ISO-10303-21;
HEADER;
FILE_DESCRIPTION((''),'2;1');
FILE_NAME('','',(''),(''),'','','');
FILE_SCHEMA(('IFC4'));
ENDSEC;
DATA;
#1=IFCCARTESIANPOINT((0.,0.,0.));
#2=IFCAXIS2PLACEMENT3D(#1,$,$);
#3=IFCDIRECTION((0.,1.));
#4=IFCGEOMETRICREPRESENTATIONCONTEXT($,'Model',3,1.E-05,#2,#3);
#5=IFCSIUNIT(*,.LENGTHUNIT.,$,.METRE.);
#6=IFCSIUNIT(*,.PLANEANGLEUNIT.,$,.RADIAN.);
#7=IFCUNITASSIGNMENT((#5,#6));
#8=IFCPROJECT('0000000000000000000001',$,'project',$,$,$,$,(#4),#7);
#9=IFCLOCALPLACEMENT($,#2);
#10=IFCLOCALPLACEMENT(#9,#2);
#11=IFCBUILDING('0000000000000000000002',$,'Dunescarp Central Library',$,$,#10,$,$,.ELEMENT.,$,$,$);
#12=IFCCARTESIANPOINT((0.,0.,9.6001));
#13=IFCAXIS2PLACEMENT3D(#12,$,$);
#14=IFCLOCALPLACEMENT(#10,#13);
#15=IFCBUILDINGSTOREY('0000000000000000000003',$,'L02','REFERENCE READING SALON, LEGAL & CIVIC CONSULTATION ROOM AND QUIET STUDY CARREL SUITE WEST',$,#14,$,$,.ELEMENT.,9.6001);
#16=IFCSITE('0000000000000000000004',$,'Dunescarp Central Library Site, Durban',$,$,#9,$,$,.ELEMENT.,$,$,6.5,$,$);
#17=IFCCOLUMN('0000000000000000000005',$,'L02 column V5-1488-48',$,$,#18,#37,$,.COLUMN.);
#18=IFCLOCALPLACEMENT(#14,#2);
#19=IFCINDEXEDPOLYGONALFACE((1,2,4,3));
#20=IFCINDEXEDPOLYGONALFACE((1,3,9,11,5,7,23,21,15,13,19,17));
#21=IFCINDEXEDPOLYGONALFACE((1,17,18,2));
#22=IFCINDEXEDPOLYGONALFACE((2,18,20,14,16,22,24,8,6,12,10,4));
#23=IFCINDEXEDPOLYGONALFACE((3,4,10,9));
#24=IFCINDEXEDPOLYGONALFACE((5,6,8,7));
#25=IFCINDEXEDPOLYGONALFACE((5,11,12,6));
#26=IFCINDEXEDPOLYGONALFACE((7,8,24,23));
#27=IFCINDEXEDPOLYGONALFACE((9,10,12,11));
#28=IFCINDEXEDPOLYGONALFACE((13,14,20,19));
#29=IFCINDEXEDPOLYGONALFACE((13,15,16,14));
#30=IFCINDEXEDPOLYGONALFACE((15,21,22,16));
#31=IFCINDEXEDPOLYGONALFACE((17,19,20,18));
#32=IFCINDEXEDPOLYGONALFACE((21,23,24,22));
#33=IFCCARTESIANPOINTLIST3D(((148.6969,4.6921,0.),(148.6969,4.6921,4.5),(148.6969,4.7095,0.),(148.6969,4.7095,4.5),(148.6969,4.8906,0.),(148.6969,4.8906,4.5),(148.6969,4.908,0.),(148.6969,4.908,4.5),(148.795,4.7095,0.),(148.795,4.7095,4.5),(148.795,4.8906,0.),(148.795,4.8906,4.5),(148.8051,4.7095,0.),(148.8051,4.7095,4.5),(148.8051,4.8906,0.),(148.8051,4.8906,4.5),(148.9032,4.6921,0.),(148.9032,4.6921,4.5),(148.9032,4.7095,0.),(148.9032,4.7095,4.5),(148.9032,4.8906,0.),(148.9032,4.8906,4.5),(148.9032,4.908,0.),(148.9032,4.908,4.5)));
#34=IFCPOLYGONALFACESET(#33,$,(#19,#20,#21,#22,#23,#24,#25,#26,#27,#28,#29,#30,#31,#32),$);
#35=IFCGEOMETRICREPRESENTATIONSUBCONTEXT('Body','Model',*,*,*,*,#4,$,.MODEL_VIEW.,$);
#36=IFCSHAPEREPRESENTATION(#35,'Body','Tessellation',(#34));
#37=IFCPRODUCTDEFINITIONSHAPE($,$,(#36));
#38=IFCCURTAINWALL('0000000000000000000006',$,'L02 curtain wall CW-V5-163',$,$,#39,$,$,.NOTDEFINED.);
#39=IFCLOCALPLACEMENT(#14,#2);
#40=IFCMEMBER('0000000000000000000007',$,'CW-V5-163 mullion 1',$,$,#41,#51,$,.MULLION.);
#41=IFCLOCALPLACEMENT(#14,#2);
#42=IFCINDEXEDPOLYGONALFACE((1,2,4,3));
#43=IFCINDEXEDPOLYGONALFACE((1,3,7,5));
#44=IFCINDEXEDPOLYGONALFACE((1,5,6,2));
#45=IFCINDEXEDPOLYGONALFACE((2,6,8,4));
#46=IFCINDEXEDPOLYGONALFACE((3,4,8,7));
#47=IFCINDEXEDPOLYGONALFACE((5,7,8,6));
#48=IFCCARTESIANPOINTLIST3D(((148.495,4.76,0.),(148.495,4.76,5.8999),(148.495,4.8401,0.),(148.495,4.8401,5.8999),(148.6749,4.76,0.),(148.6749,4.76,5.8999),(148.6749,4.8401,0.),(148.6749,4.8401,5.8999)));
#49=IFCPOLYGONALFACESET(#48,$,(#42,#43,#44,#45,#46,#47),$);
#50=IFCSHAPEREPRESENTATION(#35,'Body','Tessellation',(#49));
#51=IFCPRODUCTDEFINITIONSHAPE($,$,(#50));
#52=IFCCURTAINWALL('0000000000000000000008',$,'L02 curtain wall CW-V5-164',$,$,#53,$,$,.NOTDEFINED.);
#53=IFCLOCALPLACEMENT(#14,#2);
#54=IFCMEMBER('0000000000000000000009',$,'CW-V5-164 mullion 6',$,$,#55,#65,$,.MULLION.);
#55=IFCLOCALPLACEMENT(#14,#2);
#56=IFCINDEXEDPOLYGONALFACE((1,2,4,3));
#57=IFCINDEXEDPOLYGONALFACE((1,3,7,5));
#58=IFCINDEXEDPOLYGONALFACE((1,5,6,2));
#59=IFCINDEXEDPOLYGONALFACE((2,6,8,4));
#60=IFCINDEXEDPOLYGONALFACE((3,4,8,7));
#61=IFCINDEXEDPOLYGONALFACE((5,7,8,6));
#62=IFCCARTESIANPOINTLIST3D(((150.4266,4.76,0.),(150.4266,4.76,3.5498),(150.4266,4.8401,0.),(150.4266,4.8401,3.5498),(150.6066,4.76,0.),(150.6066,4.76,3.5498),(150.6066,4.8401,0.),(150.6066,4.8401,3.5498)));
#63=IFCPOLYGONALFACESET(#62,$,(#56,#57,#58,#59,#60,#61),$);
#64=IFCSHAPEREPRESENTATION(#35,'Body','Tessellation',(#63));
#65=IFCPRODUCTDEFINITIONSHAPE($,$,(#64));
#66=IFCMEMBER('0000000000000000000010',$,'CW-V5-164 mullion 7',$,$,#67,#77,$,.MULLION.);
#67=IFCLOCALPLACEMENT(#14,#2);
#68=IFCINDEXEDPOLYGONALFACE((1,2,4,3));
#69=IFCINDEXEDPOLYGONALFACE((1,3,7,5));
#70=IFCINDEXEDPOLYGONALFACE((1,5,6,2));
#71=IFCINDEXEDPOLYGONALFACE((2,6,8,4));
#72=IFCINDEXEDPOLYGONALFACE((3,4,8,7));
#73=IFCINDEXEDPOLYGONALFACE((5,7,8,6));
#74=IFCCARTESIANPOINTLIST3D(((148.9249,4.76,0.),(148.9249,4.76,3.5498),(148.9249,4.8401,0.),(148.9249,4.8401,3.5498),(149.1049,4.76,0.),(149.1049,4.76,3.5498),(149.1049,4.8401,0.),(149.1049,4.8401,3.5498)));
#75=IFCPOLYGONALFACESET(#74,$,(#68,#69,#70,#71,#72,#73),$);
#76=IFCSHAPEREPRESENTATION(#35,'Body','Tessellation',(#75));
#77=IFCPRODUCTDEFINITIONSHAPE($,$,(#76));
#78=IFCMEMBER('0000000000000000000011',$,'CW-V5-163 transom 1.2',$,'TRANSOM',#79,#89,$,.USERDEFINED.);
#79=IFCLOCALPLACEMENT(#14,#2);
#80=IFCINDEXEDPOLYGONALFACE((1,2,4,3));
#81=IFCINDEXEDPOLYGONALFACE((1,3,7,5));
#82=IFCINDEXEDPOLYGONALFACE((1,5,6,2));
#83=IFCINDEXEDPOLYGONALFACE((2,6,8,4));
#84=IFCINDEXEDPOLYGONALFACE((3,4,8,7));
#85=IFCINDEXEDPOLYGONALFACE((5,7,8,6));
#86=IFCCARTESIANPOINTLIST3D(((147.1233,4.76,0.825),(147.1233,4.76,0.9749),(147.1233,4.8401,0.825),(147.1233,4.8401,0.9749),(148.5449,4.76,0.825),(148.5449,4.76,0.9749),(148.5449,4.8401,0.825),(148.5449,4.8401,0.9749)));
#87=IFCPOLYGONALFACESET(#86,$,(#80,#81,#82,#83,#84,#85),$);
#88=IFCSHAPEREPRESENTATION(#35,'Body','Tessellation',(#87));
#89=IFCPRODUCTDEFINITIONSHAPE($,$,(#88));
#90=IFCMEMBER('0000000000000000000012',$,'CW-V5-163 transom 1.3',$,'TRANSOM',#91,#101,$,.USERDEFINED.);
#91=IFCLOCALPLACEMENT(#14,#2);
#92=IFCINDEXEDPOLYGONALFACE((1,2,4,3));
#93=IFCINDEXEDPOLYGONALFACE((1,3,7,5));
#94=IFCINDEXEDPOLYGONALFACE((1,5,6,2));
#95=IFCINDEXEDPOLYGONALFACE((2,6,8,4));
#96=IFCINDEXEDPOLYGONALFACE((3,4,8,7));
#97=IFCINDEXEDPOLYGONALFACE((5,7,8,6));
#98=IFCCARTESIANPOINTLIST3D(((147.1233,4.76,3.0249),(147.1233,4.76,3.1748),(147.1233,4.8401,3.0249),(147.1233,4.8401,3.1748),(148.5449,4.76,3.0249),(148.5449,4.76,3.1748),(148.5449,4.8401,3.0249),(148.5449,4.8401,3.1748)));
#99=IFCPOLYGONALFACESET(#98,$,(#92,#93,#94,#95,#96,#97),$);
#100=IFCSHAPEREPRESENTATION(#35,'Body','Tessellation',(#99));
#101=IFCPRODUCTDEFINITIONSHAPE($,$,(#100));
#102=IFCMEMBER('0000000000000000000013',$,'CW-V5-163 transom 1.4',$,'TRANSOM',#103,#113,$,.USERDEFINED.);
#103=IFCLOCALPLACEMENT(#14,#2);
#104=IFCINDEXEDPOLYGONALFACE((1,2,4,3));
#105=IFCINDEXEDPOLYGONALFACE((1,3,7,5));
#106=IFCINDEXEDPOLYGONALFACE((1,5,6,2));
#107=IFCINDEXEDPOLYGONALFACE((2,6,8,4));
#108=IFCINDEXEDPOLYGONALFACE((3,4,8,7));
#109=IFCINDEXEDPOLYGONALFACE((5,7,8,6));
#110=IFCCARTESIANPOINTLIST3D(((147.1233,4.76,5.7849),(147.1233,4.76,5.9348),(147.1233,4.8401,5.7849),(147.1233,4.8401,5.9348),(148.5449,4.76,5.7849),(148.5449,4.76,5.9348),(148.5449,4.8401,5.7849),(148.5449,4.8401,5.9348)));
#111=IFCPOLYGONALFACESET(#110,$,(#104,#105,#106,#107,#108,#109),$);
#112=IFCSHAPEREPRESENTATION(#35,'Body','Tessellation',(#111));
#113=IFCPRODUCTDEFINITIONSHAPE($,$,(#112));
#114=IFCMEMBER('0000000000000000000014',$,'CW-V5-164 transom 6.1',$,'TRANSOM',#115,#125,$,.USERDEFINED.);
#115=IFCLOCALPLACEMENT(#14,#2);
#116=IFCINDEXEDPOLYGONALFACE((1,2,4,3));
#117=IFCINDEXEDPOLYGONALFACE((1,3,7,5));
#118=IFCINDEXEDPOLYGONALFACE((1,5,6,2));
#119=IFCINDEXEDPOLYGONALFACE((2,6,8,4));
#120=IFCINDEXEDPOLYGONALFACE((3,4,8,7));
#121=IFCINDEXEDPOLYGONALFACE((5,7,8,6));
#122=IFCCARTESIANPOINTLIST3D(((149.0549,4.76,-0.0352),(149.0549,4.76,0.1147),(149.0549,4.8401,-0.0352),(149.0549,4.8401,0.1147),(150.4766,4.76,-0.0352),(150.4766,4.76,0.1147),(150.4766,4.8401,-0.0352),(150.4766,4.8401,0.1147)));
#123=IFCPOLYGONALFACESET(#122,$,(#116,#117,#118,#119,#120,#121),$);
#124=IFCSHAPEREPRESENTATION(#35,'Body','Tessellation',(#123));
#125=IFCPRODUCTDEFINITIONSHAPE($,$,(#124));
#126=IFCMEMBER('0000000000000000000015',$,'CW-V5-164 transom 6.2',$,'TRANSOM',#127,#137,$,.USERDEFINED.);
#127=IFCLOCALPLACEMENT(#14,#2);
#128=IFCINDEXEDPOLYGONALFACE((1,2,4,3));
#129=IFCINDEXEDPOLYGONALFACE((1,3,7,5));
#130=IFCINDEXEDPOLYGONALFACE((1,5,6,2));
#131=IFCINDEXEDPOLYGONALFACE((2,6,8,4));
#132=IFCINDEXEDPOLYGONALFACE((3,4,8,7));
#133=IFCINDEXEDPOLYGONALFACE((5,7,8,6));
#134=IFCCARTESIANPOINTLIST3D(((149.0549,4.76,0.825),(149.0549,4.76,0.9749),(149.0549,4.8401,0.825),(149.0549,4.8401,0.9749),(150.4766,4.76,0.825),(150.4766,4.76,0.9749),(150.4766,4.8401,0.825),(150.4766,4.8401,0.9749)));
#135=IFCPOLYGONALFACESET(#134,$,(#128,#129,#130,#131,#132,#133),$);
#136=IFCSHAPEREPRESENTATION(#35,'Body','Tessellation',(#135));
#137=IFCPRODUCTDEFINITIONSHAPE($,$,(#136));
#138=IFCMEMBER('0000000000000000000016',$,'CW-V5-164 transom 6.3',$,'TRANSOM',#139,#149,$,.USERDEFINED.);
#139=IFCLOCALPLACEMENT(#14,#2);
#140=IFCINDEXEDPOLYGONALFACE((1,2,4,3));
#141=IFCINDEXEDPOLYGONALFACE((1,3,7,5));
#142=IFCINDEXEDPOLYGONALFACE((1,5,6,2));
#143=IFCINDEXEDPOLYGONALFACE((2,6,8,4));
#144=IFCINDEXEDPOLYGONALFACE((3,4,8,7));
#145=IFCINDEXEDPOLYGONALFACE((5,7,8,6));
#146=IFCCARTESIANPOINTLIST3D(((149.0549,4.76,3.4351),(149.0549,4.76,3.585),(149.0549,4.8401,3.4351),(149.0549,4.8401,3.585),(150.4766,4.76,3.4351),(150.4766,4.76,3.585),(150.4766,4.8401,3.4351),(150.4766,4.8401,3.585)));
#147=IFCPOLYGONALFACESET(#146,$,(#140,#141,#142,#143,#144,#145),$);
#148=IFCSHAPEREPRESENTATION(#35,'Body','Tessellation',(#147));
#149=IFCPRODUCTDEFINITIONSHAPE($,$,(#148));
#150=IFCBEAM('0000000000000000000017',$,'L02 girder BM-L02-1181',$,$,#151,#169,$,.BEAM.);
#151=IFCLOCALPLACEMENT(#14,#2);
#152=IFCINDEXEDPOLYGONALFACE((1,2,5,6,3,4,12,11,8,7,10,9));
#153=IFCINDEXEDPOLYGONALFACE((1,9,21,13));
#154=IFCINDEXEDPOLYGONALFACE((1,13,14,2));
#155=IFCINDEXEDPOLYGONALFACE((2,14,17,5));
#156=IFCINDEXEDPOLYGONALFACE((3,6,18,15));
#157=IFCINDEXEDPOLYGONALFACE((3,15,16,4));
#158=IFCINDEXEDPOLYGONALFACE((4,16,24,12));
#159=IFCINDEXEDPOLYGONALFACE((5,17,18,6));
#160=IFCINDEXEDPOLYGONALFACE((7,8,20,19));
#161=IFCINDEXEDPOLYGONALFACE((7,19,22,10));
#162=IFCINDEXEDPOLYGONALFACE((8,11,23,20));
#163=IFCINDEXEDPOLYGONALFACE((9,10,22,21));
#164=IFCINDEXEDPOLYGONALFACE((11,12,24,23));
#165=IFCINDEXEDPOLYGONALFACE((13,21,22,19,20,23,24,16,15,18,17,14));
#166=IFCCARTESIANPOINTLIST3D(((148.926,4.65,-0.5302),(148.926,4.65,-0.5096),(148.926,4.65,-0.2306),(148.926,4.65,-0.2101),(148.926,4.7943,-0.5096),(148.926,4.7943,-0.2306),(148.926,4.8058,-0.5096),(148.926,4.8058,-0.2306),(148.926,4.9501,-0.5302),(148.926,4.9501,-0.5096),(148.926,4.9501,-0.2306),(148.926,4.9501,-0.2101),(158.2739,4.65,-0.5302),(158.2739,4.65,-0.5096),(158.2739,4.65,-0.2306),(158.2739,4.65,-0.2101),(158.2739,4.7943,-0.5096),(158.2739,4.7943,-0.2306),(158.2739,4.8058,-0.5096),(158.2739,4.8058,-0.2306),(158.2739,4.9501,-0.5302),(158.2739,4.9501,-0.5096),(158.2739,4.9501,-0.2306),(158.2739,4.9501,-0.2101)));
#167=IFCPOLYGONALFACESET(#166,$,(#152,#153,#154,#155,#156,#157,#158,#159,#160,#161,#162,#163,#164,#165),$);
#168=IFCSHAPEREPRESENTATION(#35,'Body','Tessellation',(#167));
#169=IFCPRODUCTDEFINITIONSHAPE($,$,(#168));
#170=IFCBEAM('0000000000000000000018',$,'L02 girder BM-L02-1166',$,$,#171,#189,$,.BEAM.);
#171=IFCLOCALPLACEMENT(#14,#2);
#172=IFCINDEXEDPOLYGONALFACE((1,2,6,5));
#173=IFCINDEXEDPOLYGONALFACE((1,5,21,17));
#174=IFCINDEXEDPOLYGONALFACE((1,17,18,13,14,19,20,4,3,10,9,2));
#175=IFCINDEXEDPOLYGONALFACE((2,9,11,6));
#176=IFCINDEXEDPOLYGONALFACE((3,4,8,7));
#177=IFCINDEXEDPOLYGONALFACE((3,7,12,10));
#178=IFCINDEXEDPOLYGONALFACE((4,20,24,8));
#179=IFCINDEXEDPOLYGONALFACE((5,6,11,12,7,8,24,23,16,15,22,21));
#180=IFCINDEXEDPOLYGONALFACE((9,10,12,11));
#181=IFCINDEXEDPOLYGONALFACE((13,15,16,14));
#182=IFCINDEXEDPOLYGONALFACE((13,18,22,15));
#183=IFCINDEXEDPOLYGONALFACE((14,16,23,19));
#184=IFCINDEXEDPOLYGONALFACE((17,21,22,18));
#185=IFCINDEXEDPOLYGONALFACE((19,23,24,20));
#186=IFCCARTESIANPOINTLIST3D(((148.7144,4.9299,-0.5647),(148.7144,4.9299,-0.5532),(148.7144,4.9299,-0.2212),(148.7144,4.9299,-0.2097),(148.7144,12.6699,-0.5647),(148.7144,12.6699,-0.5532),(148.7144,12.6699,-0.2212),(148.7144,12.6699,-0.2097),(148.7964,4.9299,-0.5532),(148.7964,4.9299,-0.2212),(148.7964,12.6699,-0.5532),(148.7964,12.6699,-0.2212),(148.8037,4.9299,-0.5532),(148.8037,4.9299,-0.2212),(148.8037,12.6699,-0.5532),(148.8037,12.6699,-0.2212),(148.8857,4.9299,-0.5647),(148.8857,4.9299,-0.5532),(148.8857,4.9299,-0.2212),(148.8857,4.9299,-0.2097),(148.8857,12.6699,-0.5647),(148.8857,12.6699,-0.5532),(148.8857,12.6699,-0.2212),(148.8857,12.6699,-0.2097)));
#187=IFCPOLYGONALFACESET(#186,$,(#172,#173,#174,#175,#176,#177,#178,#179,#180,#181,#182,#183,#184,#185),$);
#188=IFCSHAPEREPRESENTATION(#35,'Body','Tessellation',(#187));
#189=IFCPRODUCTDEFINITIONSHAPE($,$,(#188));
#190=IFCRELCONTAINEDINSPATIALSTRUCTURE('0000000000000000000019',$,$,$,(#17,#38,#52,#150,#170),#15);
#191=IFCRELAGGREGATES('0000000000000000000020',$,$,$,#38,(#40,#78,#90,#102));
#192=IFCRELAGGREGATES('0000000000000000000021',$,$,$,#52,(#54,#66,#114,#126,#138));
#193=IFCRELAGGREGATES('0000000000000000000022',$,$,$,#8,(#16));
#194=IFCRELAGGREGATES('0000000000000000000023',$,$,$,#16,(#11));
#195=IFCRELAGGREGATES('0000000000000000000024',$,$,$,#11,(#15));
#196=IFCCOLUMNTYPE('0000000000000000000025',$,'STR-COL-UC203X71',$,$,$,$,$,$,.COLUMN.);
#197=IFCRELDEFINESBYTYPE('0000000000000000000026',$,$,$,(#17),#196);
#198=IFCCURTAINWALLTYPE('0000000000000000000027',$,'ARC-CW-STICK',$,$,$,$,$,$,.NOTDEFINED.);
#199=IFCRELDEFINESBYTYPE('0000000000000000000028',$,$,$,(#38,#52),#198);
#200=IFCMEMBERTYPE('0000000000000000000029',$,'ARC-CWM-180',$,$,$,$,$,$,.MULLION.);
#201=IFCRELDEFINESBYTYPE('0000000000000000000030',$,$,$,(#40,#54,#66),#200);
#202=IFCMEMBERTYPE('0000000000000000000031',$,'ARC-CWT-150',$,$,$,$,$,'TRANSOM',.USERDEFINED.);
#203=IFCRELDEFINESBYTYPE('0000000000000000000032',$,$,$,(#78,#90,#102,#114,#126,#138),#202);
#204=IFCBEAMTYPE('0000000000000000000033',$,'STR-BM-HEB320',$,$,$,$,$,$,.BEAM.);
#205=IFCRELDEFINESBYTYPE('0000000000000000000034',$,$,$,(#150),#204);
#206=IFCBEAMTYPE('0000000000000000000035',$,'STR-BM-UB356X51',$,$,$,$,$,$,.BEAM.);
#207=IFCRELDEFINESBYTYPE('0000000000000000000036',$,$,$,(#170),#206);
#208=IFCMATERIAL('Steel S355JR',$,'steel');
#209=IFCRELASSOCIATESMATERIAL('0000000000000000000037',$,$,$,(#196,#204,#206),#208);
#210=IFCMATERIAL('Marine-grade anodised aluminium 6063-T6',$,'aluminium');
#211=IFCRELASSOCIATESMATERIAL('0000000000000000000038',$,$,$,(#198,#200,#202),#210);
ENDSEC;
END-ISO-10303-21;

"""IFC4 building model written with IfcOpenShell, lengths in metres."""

from ifc_helpers import new_model, si_unit, direction, frame, origin, origin_2d, place, context, subcontext, project, spatial, rectangle, i_section, extrude, material, material_profile, profile_set, type_object, element, aggregate, save


model = new_model("IFC4")

# Units and contexts
model_context = context("Model", 3, precision=1e-05, world=origin(), true_north=direction((0.0, 1.0)))
body_context = subcontext(model_context, "Body", "Model", "MODEL_VIEW")
ifc_project = project(units=[si_unit("LENGTHUNIT", "METRE"), si_unit("PLANEANGLEUNIT", "RADIAN")], contexts=[model_context])

# Site, building, storey
site_placement = place(None, origin())
site = spatial("IfcSite", under=ifc_project, at=site_placement, Name="Dunescarp Central Library Site, Durban", CompositionType="ELEMENT", RefElevation=6.5)
building_placement = place(site_placement, origin())
building = spatial("IfcBuilding", under=site, at=building_placement, Name="Dunescarp Central Library", CompositionType="ELEMENT")
storey_placement = place(building_placement, frame((0.0, 0.0, 9.6001)))
storey = spatial("IfcBuildingStorey", under=building, at=storey_placement, Name="L02", Description="REFERENCE READING SALON, LEGAL & CIVIC CONSULTATION ROOM AND QUIET STUDY CARREL SUITE WEST", CompositionType="ELEMENT", Elevation=9.6001)

# Column
ifc_material_1 = material(Name="Steel S355JR", Category="steel")
ifc_material_profile_1 = material_profile(ifc_material_1, i_section(OverallWidth=0.2063, OverallDepth=0.2158, WebThickness=0.01, FlangeThickness=0.0173, at=origin_2d()), Name="UC 203x203x71")
ifc_profile_set_1 = profile_set([ifc_material_profile_1], Name="Steel S355JR")
column_type = type_object("IfcColumnType", Name="STR-COL-UC203X71", PredefinedType="COLUMN", material=ifc_profile_set_1)
column_placement = place(storey_placement, frame((148.8, 4.8, 0.0), z_axis=(0.0, 0.0, 1.0), x_axis=(1.0, 0.0, 0.0)))
element("IfcColumn", 1, at=column_placement, inside=storey, type_object=column_type, Name="L02 column V5-1488-48", PredefinedType="COLUMN", context=body_context, shape_type="SweptSolid", body=[
    extrude(i_section(OverallWidth=0.2063, OverallDepth=0.2158, WebThickness=0.01, FlangeThickness=0.0173, at=origin_2d()), origin(), (0.0, 0.0, 1.0), 4.5),
])

# Curtain wall, member
ifc_material_2 = material(Name="Marine-grade anodised aluminium 6063-T6", Category="aluminium")
curtain_wall_type = type_object("IfcCurtainWallType", Name="ARC-CW-STICK", PredefinedType="NOTDEFINED", material=ifc_material_2)
curtain_wall_1_placement = place(storey_placement, origin())
curtain_wall_1 = element("IfcCurtainWall", 2, at=curtain_wall_1_placement, inside=storey, type_object=curtain_wall_type, Name="L02 curtain wall CW-V5-163", PredefinedType="NOTDEFINED")
ifc_material_profile_2 = material_profile(ifc_material_2, rectangle(XDim=0.0801, YDim=0.1799, at=origin_2d()), Name="AL 80x180")
ifc_profile_set_2 = profile_set([ifc_material_profile_2], Name="Marine-grade anodised aluminium 6063-T6")
member_type_1 = type_object("IfcMemberType", Name="ARC-CWM-180", PredefinedType="MULLION", material=ifc_profile_set_2)
member_1_placement = place(storey_placement, frame((148.585, 4.8, 0.0), z_axis=(0.0, 0.0, 1.0), x_axis=(0.0, -1.0, 0.0)))
member_1 = element("IfcMember", 3, at=member_1_placement, type_object=member_type_1, Name="CW-V5-163 mullion 1", PredefinedType="MULLION", context=body_context, shape_type="SweptSolid", body=[
    extrude(rectangle(XDim=0.0801, YDim=0.1799, at=origin_2d()), origin(), (0.0, 0.0, 1.0), 5.8999),
])

# Curtain wall, members
curtain_wall_2_placement = place(storey_placement, origin())
curtain_wall_2 = element("IfcCurtainWall", 4, at=curtain_wall_2_placement, inside=storey, type_object=curtain_wall_type, Name="L02 curtain wall CW-V5-164", PredefinedType="NOTDEFINED")
member_2_placement = place(storey_placement, frame((150.5166, 4.8, 0.0), z_axis=(0.0, 0.0, 1.0), x_axis=(0.0, -1.0, 0.0)))
member_2 = element("IfcMember", 5, at=member_2_placement, type_object=member_type_1, Name="CW-V5-164 mullion 6", PredefinedType="MULLION", context=body_context, shape_type="SweptSolid", body=[
    extrude(rectangle(XDim=0.0801, YDim=0.1799, at=origin_2d()), origin(), (0.0, 0.0, 1.0), 3.5498),
])
member_3_placement = place(storey_placement, frame((149.0149, 4.8, 0.0), z_axis=(0.0, 0.0, 1.0), x_axis=(0.0, -1.0, 0.0)))
member_3 = element("IfcMember", 6, at=member_3_placement, type_object=member_type_1, Name="CW-V5-164 mullion 7", PredefinedType="MULLION", context=body_context, shape_type="SweptSolid", body=[
    extrude(rectangle(XDim=0.0801, YDim=0.1799, at=origin_2d()), origin(), (0.0, 0.0, 1.0), 3.5498),
])

# Members
ifc_material_profile_3 = material_profile(ifc_material_2, rectangle(XDim=0.0801, YDim=0.1499, at=origin_2d()), Name="AL 80x150")
ifc_profile_set_3 = profile_set([ifc_material_profile_3], Name="Marine-grade anodised aluminium 6063-T6")
member_type_2 = type_object("IfcMemberType", Name="ARC-CWT-150", ElementType="TRANSOM", PredefinedType="USERDEFINED", material=ifc_profile_set_3)
member_4_placement = place(storey_placement, frame((148.5449, 4.8, 0.8999), z_axis=(-1.0, 0.0, 0.0), x_axis=(0.0, -1.0, 0.0)))
member_4 = element("IfcMember", 7, at=member_4_placement, type_object=member_type_2, Name="CW-V5-163 transom 1.2", ObjectType="TRANSOM", PredefinedType="USERDEFINED", context=body_context, shape_type="SweptSolid", body=[
    extrude(rectangle(XDim=0.0801, YDim=0.1499, at=origin_2d()), origin(), (0.0, 0.0, 1.0), 1.4216),
])
member_5_placement = place(storey_placement, frame((148.5449, 4.8, 3.0999), z_axis=(-1.0, 0.0, 0.0), x_axis=(0.0, -1.0, 0.0)))
member_5 = element("IfcMember", 8, at=member_5_placement, type_object=member_type_2, Name="CW-V5-163 transom 1.3", ObjectType="TRANSOM", PredefinedType="USERDEFINED", context=body_context, shape_type="SweptSolid", body=[
    extrude(rectangle(XDim=0.0801, YDim=0.1499, at=origin_2d()), origin(), (0.0, 0.0, 1.0), 1.4216),
])
member_6_placement = place(storey_placement, frame((148.5449, 4.8, 5.8599), z_axis=(-1.0, 0.0, 0.0), x_axis=(0.0, -1.0, 0.0)))
member_6 = element("IfcMember", 9, at=member_6_placement, type_object=member_type_2, Name="CW-V5-163 transom 1.4", ObjectType="TRANSOM", PredefinedType="USERDEFINED", context=body_context, shape_type="SweptSolid", body=[
    extrude(rectangle(XDim=0.0801, YDim=0.1499, at=origin_2d()), origin(), (0.0, 0.0, 1.0), 1.4216),
])
aggregate(curtain_wall_1, [member_1, member_4, member_5, member_6])
member_7_placement = place(storey_placement, frame((150.4766, 4.8, 0.0398), z_axis=(-1.0, 0.0, 0.0), x_axis=(0.0, -1.0, 0.0)))
member_7 = element("IfcMember", 10, at=member_7_placement, type_object=member_type_2, Name="CW-V5-164 transom 6.1", ObjectType="TRANSOM", PredefinedType="USERDEFINED", context=body_context, shape_type="SweptSolid", body=[
    extrude(rectangle(XDim=0.0801, YDim=0.1499, at=origin_2d()), origin(), (0.0, 0.0, 1.0), 1.4216),
])
member_8_placement = place(storey_placement, frame((150.4766, 4.8, 0.8999), z_axis=(-1.0, 0.0, 0.0), x_axis=(0.0, -1.0, 0.0)))
member_8 = element("IfcMember", 11, at=member_8_placement, type_object=member_type_2, Name="CW-V5-164 transom 6.2", ObjectType="TRANSOM", PredefinedType="USERDEFINED", context=body_context, shape_type="SweptSolid", body=[
    extrude(rectangle(XDim=0.0801, YDim=0.1499, at=origin_2d()), origin(), (0.0, 0.0, 1.0), 1.4216),
])
member_9_placement = place(storey_placement, frame((150.4766, 4.8, 3.51), z_axis=(-1.0, 0.0, 0.0), x_axis=(0.0, -1.0, 0.0)))
member_9 = element("IfcMember", 12, at=member_9_placement, type_object=member_type_2, Name="CW-V5-164 transom 6.3", ObjectType="TRANSOM", PredefinedType="USERDEFINED", context=body_context, shape_type="SweptSolid", body=[
    extrude(rectangle(XDim=0.0801, YDim=0.1499, at=origin_2d()), origin(), (0.0, 0.0, 1.0), 1.4216),
])

# Beams
ifc_material_profile_4 = material_profile(ifc_material_1, i_section(OverallWidth=0.3, OverallDepth=0.3201, WebThickness=0.0115, FlangeThickness=0.0205, at=origin_2d()), Name="HEB 320")
ifc_profile_set_4 = profile_set([ifc_material_profile_4], Name="Steel S355JR")
beam_type_1 = type_object("IfcBeamType", Name="STR-BM-HEB320", PredefinedType="BEAM", material=ifc_profile_set_4)
beam_1_placement = place(storey_placement, frame((148.926, 4.8, -0.3701), z_axis=(1.0, 0.0, 0.0), x_axis=(0.0, 1.0, 0.0)))
element("IfcBeam", 13, at=beam_1_placement, inside=storey, type_object=beam_type_1, Name="L02 girder BM-L02-1181", PredefinedType="BEAM", context=body_context, shape_type="SweptSolid", body=[
    extrude(i_section(OverallWidth=0.3, OverallDepth=0.3201, WebThickness=0.0115, FlangeThickness=0.0205, at=origin_2d()), origin(), (0.0, 0.0, 1.0), 9.3479),
])
ifc_material_profile_5 = material_profile(ifc_material_1, i_section(OverallWidth=0.1714, OverallDepth=0.355, WebThickness=0.0073, FlangeThickness=0.0115, at=origin_2d()), Name="UB 356x171x51")
ifc_profile_set_5 = profile_set([ifc_material_profile_5], Name="Steel S355JR")
beam_type_2 = type_object("IfcBeamType", Name="STR-BM-UB356X51", PredefinedType="BEAM", material=ifc_profile_set_5)
beam_2_placement = place(storey_placement, frame((148.8, 4.9299, -0.3872), z_axis=(0.0, 1.0, 0.0), x_axis=(-1.0, 0.0, 0.0)))
element("IfcBeam", 14, at=beam_2_placement, inside=storey, type_object=beam_type_2, Name="L02 girder BM-L02-1166", PredefinedType="BEAM", context=body_context, shape_type="SweptSolid", body=[
    extrude(i_section(OverallWidth=0.1714, OverallDepth=0.355, WebThickness=0.0073, FlangeThickness=0.0115, at=origin_2d()), origin(), (0.0, 0.0, 1.0), 7.74),
])

aggregate(curtain_wall_2, [member_2, member_3, member_7, member_8, member_9])

save(model, "model.ifc")
